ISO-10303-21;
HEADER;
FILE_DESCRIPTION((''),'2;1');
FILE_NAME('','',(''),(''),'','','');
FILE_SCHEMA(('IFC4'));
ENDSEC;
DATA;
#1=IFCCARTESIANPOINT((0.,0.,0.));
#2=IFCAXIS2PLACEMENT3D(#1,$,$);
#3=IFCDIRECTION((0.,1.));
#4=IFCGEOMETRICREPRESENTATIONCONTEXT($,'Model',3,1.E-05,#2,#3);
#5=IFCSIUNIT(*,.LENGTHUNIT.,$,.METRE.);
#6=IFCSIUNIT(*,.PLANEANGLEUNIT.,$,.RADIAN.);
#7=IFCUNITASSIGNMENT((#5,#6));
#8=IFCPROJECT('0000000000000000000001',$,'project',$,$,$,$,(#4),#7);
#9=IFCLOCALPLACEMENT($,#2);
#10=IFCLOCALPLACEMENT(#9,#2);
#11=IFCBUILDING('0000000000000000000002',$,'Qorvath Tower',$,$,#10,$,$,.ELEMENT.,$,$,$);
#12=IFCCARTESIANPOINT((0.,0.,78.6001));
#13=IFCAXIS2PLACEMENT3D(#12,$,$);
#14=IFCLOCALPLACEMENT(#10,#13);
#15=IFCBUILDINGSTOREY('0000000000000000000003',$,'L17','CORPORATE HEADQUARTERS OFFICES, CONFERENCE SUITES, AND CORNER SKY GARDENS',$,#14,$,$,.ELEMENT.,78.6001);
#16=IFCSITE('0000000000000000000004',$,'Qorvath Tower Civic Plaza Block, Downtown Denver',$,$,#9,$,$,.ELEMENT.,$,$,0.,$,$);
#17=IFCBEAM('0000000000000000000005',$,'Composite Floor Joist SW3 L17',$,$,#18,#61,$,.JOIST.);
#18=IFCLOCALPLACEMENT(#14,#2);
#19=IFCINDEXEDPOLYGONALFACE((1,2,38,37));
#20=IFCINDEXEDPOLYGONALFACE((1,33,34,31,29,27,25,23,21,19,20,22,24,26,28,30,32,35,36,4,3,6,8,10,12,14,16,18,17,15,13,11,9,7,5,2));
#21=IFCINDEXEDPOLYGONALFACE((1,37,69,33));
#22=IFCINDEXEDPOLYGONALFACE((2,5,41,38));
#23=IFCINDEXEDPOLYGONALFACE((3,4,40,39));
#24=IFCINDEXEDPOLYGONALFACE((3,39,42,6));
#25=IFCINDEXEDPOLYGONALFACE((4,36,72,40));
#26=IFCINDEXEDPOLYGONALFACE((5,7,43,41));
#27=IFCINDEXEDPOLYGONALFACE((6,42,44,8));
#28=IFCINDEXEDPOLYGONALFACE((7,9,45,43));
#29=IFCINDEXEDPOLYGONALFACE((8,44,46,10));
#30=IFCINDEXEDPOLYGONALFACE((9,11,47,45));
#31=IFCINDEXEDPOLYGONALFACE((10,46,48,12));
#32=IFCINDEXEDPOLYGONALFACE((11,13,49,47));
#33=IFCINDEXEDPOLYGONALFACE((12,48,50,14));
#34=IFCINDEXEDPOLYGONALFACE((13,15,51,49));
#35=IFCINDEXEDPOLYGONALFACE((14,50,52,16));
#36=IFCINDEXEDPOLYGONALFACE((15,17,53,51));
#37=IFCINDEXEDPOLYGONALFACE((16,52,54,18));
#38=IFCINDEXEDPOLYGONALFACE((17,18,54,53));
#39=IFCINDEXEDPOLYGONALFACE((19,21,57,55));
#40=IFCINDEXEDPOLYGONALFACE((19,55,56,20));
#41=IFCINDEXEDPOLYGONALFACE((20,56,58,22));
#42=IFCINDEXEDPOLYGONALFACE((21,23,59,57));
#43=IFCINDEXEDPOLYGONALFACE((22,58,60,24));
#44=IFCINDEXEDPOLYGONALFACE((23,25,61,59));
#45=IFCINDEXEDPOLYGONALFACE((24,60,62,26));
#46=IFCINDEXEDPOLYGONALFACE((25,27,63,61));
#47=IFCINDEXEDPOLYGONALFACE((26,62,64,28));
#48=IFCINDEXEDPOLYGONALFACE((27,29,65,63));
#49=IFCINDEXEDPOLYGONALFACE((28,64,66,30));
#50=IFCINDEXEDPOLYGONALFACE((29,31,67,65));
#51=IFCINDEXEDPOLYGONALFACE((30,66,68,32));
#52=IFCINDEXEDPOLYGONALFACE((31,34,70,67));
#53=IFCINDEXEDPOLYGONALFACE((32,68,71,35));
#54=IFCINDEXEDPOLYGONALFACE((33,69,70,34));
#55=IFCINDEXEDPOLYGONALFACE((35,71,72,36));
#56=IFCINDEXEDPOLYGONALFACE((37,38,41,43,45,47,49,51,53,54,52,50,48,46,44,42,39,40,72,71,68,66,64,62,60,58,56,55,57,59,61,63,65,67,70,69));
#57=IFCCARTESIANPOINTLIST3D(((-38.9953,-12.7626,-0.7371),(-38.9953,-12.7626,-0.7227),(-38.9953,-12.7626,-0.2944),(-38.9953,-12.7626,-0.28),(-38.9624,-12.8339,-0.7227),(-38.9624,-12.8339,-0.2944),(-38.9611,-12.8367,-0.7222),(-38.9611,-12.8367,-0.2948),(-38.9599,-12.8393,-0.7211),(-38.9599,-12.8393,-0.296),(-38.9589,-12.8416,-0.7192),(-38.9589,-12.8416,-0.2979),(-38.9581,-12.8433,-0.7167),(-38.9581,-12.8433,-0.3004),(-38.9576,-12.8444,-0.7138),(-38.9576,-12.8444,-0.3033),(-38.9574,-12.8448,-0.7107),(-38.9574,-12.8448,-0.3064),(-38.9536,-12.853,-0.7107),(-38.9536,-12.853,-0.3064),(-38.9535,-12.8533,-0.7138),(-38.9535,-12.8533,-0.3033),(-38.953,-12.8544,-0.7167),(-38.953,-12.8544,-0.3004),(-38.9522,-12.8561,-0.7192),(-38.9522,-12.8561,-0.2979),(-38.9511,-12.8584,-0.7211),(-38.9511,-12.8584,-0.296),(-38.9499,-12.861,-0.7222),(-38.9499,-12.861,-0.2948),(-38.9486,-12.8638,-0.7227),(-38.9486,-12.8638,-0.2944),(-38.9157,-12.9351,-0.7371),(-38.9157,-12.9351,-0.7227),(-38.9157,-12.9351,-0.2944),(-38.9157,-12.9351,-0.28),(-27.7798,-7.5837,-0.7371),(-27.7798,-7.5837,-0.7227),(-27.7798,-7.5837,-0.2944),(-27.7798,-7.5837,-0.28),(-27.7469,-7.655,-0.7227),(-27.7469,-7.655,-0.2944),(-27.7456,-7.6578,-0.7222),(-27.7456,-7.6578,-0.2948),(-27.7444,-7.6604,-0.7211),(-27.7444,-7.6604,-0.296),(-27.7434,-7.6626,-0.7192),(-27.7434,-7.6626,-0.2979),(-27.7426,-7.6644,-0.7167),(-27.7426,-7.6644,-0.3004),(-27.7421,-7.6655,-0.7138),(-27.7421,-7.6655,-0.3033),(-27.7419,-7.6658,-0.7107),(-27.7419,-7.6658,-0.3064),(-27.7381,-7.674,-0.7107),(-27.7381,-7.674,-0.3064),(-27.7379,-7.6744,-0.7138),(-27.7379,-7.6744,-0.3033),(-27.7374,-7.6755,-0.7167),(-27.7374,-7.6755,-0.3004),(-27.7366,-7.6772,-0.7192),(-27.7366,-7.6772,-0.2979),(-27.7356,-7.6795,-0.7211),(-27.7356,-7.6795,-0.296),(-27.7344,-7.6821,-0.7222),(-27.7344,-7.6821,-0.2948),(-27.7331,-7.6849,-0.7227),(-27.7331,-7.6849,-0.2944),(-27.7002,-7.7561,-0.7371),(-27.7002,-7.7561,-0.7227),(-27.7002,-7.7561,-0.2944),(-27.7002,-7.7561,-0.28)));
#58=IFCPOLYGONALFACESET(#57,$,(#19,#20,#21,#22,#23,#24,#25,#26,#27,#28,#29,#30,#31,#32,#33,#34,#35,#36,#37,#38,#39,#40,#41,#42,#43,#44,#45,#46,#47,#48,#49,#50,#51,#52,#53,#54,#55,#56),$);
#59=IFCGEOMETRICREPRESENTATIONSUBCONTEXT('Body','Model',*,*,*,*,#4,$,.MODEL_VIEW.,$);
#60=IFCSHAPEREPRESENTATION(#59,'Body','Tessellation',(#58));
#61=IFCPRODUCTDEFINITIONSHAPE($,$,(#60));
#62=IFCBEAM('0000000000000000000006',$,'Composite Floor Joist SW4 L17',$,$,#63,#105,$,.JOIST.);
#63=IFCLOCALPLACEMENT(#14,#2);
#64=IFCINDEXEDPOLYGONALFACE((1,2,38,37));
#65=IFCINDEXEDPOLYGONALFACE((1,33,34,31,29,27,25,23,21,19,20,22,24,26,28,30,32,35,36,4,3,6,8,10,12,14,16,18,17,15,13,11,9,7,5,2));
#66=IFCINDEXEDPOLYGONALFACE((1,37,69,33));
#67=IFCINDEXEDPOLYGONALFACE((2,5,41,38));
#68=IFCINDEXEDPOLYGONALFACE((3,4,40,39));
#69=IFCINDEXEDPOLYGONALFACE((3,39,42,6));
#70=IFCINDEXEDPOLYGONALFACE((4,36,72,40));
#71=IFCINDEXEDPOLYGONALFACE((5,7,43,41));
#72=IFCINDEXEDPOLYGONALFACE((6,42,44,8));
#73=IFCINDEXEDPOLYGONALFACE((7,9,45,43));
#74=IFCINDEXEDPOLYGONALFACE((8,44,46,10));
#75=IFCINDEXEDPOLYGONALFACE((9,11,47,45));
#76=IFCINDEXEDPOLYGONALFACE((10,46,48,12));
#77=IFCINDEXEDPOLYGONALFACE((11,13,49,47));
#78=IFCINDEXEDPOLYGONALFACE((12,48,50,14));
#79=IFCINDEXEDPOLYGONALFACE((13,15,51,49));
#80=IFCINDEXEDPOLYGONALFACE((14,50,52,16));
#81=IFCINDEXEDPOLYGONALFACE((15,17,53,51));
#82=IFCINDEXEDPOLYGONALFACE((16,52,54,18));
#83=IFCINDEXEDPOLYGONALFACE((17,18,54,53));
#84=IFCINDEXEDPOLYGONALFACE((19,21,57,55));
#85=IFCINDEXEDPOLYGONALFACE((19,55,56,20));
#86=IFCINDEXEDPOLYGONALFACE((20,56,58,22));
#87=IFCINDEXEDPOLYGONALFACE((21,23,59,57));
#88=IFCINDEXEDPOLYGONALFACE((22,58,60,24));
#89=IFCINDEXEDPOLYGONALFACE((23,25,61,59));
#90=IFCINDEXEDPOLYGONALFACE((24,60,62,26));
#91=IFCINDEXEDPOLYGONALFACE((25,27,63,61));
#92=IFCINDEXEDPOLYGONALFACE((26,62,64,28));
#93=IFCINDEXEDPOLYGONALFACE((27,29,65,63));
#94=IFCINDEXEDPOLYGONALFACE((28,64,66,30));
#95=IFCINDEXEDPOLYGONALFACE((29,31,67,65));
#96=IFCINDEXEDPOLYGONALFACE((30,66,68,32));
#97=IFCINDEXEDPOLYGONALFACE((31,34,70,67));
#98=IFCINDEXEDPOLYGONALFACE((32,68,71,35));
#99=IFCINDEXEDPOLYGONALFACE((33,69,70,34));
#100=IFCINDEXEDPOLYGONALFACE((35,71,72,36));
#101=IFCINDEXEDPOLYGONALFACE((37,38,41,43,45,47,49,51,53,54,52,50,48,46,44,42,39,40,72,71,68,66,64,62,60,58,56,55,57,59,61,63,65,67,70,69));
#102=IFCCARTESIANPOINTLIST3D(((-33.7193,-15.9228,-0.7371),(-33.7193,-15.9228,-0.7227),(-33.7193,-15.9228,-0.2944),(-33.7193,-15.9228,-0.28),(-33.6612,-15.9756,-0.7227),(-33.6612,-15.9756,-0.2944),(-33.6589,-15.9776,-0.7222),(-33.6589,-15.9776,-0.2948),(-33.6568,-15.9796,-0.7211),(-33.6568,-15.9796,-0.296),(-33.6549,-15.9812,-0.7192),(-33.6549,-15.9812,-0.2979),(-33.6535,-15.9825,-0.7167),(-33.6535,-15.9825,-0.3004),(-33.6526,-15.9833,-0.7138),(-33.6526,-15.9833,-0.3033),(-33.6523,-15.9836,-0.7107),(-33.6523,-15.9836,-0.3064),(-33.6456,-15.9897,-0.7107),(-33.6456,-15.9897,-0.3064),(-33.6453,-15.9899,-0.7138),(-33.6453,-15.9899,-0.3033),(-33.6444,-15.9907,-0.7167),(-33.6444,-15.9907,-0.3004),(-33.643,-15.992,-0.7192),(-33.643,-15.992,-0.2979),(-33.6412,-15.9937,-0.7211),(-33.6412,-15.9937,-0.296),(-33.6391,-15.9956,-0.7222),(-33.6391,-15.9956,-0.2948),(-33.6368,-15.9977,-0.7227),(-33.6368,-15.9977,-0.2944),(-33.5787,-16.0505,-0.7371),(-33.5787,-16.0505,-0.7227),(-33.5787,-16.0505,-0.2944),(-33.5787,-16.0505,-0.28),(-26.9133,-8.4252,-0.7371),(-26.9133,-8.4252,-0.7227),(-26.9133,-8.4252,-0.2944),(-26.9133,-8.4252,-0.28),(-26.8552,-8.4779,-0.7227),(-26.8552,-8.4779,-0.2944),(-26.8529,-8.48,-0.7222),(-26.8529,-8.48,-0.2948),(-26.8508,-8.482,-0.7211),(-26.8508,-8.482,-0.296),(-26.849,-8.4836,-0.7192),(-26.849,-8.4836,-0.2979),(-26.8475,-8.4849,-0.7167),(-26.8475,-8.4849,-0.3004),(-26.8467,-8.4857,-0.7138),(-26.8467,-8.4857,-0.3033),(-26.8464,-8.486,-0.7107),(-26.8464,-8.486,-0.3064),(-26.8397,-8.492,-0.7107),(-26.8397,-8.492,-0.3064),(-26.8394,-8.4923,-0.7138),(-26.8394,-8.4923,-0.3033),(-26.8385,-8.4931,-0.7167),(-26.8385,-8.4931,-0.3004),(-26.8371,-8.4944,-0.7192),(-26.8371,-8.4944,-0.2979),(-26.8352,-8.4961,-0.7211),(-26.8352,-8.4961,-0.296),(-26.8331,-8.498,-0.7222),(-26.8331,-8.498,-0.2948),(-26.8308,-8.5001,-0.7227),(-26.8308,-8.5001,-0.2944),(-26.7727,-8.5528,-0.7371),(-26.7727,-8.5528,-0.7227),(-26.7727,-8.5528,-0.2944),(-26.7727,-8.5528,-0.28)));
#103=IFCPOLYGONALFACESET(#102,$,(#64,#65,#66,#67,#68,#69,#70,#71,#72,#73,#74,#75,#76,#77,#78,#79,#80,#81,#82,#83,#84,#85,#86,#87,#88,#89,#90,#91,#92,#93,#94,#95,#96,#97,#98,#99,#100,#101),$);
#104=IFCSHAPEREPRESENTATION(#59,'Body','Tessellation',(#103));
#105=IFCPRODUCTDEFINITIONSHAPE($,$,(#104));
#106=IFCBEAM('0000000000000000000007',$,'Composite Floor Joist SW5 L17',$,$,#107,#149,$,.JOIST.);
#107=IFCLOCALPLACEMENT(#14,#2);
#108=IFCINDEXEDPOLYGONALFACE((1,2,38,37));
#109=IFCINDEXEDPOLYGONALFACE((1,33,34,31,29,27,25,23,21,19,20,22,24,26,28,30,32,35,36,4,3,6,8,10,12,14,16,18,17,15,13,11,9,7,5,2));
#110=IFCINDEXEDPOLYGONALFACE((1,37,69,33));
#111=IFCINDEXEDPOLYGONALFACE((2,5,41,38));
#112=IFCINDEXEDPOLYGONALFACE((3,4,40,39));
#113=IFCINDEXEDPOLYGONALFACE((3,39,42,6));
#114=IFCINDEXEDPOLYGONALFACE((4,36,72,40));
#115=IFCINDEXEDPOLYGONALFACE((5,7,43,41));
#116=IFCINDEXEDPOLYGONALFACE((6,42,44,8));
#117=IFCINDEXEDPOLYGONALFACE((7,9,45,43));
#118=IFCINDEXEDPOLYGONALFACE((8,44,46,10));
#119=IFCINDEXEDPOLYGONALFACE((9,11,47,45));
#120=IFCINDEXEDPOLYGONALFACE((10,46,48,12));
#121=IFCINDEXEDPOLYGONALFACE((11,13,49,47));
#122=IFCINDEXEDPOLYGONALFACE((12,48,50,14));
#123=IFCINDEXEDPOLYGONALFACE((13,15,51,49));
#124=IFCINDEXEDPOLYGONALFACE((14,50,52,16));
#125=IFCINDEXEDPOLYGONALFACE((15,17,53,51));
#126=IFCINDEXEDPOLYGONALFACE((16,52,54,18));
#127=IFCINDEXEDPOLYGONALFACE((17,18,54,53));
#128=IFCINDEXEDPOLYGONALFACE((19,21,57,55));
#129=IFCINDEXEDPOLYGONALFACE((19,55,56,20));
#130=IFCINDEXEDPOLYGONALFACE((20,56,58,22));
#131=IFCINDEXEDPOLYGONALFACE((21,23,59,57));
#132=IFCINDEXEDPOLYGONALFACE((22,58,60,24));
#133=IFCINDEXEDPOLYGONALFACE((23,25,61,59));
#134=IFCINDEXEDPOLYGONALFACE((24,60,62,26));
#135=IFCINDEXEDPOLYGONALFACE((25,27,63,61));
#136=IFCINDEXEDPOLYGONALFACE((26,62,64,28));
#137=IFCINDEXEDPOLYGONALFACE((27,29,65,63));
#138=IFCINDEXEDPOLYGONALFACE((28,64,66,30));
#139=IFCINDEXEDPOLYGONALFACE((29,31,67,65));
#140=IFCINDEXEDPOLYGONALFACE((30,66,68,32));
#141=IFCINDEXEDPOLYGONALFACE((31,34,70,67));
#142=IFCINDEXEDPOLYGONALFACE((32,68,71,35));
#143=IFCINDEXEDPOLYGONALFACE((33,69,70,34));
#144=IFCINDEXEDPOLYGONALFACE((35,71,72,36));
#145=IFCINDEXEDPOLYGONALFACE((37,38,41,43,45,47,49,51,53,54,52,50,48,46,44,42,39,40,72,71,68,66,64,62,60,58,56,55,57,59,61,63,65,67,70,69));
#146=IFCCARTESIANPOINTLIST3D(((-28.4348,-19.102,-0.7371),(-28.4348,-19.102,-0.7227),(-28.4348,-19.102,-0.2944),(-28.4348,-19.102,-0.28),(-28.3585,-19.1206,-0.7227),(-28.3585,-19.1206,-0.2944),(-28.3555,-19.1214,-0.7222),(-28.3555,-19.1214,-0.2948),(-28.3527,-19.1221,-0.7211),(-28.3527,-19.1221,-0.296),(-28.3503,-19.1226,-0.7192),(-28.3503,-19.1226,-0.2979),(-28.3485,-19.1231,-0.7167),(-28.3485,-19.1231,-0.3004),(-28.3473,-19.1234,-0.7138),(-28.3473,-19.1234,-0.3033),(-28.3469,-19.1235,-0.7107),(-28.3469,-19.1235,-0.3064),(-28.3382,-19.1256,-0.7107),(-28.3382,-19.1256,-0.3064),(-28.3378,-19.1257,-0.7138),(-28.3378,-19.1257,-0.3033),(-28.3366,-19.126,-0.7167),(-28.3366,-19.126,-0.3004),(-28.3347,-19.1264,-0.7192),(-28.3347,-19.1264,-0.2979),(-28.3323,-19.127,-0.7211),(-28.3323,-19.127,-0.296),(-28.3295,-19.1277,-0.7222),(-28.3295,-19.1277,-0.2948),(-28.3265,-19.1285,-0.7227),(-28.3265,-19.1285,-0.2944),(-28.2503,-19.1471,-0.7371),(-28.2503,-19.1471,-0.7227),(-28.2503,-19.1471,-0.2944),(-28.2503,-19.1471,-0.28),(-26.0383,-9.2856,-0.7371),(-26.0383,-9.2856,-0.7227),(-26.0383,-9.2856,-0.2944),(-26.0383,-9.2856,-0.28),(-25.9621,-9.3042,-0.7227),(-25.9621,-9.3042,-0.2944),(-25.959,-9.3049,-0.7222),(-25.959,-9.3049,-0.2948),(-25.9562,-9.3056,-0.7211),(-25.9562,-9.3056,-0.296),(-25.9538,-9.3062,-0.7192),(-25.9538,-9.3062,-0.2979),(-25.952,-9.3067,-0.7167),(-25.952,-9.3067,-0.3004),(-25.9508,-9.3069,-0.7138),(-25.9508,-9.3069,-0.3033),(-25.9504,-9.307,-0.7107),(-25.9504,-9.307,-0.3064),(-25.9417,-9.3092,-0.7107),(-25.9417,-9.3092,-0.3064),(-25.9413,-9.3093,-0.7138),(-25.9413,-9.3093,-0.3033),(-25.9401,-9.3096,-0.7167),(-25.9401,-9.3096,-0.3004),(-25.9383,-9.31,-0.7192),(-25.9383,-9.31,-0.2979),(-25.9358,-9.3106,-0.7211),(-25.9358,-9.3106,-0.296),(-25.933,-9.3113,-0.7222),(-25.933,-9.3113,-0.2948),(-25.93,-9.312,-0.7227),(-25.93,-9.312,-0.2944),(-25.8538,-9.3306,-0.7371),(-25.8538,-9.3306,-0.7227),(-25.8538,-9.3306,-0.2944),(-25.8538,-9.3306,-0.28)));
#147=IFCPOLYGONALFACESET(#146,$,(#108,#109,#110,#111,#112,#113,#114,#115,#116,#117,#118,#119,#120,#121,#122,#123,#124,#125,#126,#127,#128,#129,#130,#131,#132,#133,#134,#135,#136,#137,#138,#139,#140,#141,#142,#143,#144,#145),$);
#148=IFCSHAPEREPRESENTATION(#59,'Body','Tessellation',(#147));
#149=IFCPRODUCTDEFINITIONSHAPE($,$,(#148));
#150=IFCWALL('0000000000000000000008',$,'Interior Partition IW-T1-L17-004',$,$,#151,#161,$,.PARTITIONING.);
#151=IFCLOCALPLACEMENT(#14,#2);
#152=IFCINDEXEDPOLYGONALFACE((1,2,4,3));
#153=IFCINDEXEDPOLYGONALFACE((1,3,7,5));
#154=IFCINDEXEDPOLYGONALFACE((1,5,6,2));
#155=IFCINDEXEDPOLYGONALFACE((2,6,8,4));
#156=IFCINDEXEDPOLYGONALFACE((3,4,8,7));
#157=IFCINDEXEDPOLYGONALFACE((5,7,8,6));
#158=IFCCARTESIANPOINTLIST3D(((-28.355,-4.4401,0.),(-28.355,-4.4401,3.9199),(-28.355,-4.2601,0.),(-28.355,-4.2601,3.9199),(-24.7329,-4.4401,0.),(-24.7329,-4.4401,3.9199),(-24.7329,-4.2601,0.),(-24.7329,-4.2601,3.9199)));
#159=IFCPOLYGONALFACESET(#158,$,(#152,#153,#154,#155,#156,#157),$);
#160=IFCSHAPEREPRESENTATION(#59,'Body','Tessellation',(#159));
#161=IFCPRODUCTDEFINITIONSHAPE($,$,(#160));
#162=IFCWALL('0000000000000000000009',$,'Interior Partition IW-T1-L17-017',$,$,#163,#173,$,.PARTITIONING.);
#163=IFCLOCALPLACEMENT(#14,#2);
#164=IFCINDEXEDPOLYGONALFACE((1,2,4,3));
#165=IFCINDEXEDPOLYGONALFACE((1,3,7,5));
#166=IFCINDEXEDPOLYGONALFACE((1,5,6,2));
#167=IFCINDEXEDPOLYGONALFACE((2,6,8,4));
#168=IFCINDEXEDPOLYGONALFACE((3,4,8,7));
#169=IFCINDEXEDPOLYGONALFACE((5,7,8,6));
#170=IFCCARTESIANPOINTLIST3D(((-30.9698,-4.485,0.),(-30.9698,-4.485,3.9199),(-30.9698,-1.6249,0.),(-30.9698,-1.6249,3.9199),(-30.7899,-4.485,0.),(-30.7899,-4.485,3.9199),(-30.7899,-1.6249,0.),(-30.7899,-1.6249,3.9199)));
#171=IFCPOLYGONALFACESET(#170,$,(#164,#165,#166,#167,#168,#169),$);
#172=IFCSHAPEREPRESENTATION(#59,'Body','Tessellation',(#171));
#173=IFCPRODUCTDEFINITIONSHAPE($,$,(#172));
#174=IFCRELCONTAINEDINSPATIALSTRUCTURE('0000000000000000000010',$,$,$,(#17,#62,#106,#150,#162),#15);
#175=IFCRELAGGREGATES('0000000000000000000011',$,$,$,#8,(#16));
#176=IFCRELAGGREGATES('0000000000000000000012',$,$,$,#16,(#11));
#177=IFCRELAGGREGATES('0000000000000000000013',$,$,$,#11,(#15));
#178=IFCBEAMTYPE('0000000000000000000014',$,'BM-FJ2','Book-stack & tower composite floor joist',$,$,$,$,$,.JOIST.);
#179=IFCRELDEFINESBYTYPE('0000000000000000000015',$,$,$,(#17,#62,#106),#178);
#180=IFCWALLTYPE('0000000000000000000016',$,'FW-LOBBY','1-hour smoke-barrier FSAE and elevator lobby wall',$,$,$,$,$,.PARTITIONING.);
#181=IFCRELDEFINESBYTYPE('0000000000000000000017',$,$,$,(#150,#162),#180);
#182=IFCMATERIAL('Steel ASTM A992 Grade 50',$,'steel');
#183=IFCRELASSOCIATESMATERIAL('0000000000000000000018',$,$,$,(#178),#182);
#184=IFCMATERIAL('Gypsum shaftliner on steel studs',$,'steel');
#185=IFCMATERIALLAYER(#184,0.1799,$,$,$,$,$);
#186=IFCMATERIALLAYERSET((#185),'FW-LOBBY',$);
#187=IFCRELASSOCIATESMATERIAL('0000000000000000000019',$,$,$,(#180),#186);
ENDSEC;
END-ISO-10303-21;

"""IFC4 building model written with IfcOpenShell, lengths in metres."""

from ifc_helpers import new_model, si_unit, direction, frame, frame_2d, origin, origin_2d, place, context, subcontext, project, spatial, rectangle, i_section, extrude, material, layer, layer_set, material_profile, profile_set, type_object, element, save


model = new_model("IFC4")

# Units and contexts
model_context = context("Model", 3, precision=1e-05, world=origin(), true_north=direction((0.0, 1.0)))
body_context = subcontext(model_context, "Body", "Model", "MODEL_VIEW")
ifc_project = project(units=[si_unit("LENGTHUNIT", "METRE"), si_unit("PLANEANGLEUNIT", "RADIAN")], contexts=[model_context])

# Site, building, storey
site_placement = place(None, origin())
site = spatial("IfcSite", under=ifc_project, at=site_placement, Name="Qorvath Tower Civic Plaza Block, Downtown Denver", CompositionType="ELEMENT", RefElevation=0.0)
building_placement = place(site_placement, origin())
building = spatial("IfcBuilding", under=site, at=building_placement, Name="Qorvath Tower", CompositionType="ELEMENT")
storey_placement = place(building_placement, frame((0.0, 0.0, 78.6001)))
storey = spatial("IfcBuildingStorey", under=building, at=storey_placement, Name="L17", Description="CORPORATE HEADQUARTERS OFFICES, CONFERENCE SUITES, AND CORNER SKY GARDENS", CompositionType="ELEMENT", Elevation=78.6001)

# Beams
ifc_material_1 = material(Name="Steel ASTM A992 Grade 50", Category="steel")
ifc_material_profile_1 = material_profile(ifc_material_1, i_section(OverallWidth=0.1899, OverallDepth=0.457, WebThickness=0.009, FlangeThickness=0.0144, FilletRadius=0.012, at=origin_2d()), Name="W18x50")
ifc_profile_set_1 = profile_set([ifc_material_profile_1], Name="Steel ASTM A992 Grade 50")
beam_type_1 = type_object("IfcBeamType", Name="BM-FJ2", Description="Book-stack & tower composite floor joist", PredefinedType="JOIST", material=ifc_profile_set_1)
beam_1_placement = place(storey_placement, frame((-27.74, -7.6699, -0.5085), z_axis=(-0.907881, -0.419227, 0.0), x_axis=(0.419227, -0.907881, 0.0)))
element("IfcBeam", 1, at=beam_1_placement, inside=storey, type_object=beam_type_1, Name="Composite Floor Joist SW3 L17", PredefinedType="JOIST", context=body_context, shape_type="SweptSolid", body=[
    extrude(i_section(OverallWidth=0.1899, OverallDepth=0.457, WebThickness=0.009, FlangeThickness=0.0144, FilletRadius=0.012, at=origin_2d()), origin(), (0.0, 0.0, 1.0), 12.3535),
])
beam_2_placement = place(storey_placement, frame((-26.843, -8.489, -0.5085), z_axis=(-0.672129, -0.740434, 0.0), x_axis=(0.740434, -0.672129, 0.0)))
element("IfcBeam", 2, at=beam_2_placement, inside=storey, type_object=beam_type_1, Name="Composite Floor Joist SW4 L17", PredefinedType="JOIST", context=body_context, shape_type="SweptSolid", body=[
    extrude(i_section(OverallWidth=0.1899, OverallDepth=0.457, WebThickness=0.009, FlangeThickness=0.0144, FilletRadius=0.012, at=origin_2d()), origin(), (0.0, 0.0, 1.0), 10.126),
])
beam_3_placement = place(storey_placement, frame((-25.946, -9.3081, -0.5085), z_axis=(-0.237165, -0.971469, 0.0), x_axis=(0.971469, -0.237165, 0.0)))
element("IfcBeam", 3, at=beam_3_placement, inside=storey, type_object=beam_type_1, Name="Composite Floor Joist SW5 L17", PredefinedType="JOIST", context=body_context, shape_type="SweptSolid", body=[
    extrude(i_section(OverallWidth=0.1899, OverallDepth=0.457, WebThickness=0.009, FlangeThickness=0.0144, FilletRadius=0.012, at=origin_2d()), origin(), (0.0, 0.0, 1.0), 10.1047),
])

# Shared definitions
ifc_material_2 = material(Name="Gypsum shaftliner on steel studs", Category="steel")
ifc_layer_1 = layer(ifc_material_2, 0.1799)
ifc_layer_set_1 = layer_set([ifc_layer_1], Name="FW-LOBBY")
wall_type_1 = type_object("IfcWallType", Name="FW-LOBBY", Description="1-hour smoke-barrier FSAE and elevator lobby wall", PredefinedType="PARTITIONING", material=ifc_layer_set_1)

# Walls
wall_1_placement = place(storey_placement, frame((-24.7329, -4.3501, 0.0), z_axis=(0.0, 0.0, 1.0), x_axis=(-1.0, 0.0, 0.0)))
element("IfcWall", 4, at=wall_1_placement, inside=storey, type_object=wall_type_1, Name="Interior Partition IW-T1-L17-004", PredefinedType="PARTITIONING", context=body_context, shape_type="SweptSolid", body=[
    extrude(rectangle(XDim=3.6221, YDim=0.1799, at=frame_2d((1.811, 0.0))), origin(), (0.0, 0.0, 1.0), 3.9199),
])
wall_2_placement = place(storey_placement, frame((-30.8799, -4.4851, 0.0), z_axis=(0.0, 0.0, 1.0), x_axis=(0.0, 1.0, 0.0)))
element("IfcWall", 5, at=wall_2_placement, inside=storey, type_object=wall_type_1, Name="Interior Partition IW-T1-L17-017", PredefinedType="PARTITIONING", context=body_context, shape_type="SweptSolid", body=[
    extrude(rectangle(XDim=2.8601, YDim=0.1799, at=frame_2d((1.4302, 0.0))), origin(), (0.0, 0.0, 1.0), 3.9199),
])

save(model, "model.ifc")
